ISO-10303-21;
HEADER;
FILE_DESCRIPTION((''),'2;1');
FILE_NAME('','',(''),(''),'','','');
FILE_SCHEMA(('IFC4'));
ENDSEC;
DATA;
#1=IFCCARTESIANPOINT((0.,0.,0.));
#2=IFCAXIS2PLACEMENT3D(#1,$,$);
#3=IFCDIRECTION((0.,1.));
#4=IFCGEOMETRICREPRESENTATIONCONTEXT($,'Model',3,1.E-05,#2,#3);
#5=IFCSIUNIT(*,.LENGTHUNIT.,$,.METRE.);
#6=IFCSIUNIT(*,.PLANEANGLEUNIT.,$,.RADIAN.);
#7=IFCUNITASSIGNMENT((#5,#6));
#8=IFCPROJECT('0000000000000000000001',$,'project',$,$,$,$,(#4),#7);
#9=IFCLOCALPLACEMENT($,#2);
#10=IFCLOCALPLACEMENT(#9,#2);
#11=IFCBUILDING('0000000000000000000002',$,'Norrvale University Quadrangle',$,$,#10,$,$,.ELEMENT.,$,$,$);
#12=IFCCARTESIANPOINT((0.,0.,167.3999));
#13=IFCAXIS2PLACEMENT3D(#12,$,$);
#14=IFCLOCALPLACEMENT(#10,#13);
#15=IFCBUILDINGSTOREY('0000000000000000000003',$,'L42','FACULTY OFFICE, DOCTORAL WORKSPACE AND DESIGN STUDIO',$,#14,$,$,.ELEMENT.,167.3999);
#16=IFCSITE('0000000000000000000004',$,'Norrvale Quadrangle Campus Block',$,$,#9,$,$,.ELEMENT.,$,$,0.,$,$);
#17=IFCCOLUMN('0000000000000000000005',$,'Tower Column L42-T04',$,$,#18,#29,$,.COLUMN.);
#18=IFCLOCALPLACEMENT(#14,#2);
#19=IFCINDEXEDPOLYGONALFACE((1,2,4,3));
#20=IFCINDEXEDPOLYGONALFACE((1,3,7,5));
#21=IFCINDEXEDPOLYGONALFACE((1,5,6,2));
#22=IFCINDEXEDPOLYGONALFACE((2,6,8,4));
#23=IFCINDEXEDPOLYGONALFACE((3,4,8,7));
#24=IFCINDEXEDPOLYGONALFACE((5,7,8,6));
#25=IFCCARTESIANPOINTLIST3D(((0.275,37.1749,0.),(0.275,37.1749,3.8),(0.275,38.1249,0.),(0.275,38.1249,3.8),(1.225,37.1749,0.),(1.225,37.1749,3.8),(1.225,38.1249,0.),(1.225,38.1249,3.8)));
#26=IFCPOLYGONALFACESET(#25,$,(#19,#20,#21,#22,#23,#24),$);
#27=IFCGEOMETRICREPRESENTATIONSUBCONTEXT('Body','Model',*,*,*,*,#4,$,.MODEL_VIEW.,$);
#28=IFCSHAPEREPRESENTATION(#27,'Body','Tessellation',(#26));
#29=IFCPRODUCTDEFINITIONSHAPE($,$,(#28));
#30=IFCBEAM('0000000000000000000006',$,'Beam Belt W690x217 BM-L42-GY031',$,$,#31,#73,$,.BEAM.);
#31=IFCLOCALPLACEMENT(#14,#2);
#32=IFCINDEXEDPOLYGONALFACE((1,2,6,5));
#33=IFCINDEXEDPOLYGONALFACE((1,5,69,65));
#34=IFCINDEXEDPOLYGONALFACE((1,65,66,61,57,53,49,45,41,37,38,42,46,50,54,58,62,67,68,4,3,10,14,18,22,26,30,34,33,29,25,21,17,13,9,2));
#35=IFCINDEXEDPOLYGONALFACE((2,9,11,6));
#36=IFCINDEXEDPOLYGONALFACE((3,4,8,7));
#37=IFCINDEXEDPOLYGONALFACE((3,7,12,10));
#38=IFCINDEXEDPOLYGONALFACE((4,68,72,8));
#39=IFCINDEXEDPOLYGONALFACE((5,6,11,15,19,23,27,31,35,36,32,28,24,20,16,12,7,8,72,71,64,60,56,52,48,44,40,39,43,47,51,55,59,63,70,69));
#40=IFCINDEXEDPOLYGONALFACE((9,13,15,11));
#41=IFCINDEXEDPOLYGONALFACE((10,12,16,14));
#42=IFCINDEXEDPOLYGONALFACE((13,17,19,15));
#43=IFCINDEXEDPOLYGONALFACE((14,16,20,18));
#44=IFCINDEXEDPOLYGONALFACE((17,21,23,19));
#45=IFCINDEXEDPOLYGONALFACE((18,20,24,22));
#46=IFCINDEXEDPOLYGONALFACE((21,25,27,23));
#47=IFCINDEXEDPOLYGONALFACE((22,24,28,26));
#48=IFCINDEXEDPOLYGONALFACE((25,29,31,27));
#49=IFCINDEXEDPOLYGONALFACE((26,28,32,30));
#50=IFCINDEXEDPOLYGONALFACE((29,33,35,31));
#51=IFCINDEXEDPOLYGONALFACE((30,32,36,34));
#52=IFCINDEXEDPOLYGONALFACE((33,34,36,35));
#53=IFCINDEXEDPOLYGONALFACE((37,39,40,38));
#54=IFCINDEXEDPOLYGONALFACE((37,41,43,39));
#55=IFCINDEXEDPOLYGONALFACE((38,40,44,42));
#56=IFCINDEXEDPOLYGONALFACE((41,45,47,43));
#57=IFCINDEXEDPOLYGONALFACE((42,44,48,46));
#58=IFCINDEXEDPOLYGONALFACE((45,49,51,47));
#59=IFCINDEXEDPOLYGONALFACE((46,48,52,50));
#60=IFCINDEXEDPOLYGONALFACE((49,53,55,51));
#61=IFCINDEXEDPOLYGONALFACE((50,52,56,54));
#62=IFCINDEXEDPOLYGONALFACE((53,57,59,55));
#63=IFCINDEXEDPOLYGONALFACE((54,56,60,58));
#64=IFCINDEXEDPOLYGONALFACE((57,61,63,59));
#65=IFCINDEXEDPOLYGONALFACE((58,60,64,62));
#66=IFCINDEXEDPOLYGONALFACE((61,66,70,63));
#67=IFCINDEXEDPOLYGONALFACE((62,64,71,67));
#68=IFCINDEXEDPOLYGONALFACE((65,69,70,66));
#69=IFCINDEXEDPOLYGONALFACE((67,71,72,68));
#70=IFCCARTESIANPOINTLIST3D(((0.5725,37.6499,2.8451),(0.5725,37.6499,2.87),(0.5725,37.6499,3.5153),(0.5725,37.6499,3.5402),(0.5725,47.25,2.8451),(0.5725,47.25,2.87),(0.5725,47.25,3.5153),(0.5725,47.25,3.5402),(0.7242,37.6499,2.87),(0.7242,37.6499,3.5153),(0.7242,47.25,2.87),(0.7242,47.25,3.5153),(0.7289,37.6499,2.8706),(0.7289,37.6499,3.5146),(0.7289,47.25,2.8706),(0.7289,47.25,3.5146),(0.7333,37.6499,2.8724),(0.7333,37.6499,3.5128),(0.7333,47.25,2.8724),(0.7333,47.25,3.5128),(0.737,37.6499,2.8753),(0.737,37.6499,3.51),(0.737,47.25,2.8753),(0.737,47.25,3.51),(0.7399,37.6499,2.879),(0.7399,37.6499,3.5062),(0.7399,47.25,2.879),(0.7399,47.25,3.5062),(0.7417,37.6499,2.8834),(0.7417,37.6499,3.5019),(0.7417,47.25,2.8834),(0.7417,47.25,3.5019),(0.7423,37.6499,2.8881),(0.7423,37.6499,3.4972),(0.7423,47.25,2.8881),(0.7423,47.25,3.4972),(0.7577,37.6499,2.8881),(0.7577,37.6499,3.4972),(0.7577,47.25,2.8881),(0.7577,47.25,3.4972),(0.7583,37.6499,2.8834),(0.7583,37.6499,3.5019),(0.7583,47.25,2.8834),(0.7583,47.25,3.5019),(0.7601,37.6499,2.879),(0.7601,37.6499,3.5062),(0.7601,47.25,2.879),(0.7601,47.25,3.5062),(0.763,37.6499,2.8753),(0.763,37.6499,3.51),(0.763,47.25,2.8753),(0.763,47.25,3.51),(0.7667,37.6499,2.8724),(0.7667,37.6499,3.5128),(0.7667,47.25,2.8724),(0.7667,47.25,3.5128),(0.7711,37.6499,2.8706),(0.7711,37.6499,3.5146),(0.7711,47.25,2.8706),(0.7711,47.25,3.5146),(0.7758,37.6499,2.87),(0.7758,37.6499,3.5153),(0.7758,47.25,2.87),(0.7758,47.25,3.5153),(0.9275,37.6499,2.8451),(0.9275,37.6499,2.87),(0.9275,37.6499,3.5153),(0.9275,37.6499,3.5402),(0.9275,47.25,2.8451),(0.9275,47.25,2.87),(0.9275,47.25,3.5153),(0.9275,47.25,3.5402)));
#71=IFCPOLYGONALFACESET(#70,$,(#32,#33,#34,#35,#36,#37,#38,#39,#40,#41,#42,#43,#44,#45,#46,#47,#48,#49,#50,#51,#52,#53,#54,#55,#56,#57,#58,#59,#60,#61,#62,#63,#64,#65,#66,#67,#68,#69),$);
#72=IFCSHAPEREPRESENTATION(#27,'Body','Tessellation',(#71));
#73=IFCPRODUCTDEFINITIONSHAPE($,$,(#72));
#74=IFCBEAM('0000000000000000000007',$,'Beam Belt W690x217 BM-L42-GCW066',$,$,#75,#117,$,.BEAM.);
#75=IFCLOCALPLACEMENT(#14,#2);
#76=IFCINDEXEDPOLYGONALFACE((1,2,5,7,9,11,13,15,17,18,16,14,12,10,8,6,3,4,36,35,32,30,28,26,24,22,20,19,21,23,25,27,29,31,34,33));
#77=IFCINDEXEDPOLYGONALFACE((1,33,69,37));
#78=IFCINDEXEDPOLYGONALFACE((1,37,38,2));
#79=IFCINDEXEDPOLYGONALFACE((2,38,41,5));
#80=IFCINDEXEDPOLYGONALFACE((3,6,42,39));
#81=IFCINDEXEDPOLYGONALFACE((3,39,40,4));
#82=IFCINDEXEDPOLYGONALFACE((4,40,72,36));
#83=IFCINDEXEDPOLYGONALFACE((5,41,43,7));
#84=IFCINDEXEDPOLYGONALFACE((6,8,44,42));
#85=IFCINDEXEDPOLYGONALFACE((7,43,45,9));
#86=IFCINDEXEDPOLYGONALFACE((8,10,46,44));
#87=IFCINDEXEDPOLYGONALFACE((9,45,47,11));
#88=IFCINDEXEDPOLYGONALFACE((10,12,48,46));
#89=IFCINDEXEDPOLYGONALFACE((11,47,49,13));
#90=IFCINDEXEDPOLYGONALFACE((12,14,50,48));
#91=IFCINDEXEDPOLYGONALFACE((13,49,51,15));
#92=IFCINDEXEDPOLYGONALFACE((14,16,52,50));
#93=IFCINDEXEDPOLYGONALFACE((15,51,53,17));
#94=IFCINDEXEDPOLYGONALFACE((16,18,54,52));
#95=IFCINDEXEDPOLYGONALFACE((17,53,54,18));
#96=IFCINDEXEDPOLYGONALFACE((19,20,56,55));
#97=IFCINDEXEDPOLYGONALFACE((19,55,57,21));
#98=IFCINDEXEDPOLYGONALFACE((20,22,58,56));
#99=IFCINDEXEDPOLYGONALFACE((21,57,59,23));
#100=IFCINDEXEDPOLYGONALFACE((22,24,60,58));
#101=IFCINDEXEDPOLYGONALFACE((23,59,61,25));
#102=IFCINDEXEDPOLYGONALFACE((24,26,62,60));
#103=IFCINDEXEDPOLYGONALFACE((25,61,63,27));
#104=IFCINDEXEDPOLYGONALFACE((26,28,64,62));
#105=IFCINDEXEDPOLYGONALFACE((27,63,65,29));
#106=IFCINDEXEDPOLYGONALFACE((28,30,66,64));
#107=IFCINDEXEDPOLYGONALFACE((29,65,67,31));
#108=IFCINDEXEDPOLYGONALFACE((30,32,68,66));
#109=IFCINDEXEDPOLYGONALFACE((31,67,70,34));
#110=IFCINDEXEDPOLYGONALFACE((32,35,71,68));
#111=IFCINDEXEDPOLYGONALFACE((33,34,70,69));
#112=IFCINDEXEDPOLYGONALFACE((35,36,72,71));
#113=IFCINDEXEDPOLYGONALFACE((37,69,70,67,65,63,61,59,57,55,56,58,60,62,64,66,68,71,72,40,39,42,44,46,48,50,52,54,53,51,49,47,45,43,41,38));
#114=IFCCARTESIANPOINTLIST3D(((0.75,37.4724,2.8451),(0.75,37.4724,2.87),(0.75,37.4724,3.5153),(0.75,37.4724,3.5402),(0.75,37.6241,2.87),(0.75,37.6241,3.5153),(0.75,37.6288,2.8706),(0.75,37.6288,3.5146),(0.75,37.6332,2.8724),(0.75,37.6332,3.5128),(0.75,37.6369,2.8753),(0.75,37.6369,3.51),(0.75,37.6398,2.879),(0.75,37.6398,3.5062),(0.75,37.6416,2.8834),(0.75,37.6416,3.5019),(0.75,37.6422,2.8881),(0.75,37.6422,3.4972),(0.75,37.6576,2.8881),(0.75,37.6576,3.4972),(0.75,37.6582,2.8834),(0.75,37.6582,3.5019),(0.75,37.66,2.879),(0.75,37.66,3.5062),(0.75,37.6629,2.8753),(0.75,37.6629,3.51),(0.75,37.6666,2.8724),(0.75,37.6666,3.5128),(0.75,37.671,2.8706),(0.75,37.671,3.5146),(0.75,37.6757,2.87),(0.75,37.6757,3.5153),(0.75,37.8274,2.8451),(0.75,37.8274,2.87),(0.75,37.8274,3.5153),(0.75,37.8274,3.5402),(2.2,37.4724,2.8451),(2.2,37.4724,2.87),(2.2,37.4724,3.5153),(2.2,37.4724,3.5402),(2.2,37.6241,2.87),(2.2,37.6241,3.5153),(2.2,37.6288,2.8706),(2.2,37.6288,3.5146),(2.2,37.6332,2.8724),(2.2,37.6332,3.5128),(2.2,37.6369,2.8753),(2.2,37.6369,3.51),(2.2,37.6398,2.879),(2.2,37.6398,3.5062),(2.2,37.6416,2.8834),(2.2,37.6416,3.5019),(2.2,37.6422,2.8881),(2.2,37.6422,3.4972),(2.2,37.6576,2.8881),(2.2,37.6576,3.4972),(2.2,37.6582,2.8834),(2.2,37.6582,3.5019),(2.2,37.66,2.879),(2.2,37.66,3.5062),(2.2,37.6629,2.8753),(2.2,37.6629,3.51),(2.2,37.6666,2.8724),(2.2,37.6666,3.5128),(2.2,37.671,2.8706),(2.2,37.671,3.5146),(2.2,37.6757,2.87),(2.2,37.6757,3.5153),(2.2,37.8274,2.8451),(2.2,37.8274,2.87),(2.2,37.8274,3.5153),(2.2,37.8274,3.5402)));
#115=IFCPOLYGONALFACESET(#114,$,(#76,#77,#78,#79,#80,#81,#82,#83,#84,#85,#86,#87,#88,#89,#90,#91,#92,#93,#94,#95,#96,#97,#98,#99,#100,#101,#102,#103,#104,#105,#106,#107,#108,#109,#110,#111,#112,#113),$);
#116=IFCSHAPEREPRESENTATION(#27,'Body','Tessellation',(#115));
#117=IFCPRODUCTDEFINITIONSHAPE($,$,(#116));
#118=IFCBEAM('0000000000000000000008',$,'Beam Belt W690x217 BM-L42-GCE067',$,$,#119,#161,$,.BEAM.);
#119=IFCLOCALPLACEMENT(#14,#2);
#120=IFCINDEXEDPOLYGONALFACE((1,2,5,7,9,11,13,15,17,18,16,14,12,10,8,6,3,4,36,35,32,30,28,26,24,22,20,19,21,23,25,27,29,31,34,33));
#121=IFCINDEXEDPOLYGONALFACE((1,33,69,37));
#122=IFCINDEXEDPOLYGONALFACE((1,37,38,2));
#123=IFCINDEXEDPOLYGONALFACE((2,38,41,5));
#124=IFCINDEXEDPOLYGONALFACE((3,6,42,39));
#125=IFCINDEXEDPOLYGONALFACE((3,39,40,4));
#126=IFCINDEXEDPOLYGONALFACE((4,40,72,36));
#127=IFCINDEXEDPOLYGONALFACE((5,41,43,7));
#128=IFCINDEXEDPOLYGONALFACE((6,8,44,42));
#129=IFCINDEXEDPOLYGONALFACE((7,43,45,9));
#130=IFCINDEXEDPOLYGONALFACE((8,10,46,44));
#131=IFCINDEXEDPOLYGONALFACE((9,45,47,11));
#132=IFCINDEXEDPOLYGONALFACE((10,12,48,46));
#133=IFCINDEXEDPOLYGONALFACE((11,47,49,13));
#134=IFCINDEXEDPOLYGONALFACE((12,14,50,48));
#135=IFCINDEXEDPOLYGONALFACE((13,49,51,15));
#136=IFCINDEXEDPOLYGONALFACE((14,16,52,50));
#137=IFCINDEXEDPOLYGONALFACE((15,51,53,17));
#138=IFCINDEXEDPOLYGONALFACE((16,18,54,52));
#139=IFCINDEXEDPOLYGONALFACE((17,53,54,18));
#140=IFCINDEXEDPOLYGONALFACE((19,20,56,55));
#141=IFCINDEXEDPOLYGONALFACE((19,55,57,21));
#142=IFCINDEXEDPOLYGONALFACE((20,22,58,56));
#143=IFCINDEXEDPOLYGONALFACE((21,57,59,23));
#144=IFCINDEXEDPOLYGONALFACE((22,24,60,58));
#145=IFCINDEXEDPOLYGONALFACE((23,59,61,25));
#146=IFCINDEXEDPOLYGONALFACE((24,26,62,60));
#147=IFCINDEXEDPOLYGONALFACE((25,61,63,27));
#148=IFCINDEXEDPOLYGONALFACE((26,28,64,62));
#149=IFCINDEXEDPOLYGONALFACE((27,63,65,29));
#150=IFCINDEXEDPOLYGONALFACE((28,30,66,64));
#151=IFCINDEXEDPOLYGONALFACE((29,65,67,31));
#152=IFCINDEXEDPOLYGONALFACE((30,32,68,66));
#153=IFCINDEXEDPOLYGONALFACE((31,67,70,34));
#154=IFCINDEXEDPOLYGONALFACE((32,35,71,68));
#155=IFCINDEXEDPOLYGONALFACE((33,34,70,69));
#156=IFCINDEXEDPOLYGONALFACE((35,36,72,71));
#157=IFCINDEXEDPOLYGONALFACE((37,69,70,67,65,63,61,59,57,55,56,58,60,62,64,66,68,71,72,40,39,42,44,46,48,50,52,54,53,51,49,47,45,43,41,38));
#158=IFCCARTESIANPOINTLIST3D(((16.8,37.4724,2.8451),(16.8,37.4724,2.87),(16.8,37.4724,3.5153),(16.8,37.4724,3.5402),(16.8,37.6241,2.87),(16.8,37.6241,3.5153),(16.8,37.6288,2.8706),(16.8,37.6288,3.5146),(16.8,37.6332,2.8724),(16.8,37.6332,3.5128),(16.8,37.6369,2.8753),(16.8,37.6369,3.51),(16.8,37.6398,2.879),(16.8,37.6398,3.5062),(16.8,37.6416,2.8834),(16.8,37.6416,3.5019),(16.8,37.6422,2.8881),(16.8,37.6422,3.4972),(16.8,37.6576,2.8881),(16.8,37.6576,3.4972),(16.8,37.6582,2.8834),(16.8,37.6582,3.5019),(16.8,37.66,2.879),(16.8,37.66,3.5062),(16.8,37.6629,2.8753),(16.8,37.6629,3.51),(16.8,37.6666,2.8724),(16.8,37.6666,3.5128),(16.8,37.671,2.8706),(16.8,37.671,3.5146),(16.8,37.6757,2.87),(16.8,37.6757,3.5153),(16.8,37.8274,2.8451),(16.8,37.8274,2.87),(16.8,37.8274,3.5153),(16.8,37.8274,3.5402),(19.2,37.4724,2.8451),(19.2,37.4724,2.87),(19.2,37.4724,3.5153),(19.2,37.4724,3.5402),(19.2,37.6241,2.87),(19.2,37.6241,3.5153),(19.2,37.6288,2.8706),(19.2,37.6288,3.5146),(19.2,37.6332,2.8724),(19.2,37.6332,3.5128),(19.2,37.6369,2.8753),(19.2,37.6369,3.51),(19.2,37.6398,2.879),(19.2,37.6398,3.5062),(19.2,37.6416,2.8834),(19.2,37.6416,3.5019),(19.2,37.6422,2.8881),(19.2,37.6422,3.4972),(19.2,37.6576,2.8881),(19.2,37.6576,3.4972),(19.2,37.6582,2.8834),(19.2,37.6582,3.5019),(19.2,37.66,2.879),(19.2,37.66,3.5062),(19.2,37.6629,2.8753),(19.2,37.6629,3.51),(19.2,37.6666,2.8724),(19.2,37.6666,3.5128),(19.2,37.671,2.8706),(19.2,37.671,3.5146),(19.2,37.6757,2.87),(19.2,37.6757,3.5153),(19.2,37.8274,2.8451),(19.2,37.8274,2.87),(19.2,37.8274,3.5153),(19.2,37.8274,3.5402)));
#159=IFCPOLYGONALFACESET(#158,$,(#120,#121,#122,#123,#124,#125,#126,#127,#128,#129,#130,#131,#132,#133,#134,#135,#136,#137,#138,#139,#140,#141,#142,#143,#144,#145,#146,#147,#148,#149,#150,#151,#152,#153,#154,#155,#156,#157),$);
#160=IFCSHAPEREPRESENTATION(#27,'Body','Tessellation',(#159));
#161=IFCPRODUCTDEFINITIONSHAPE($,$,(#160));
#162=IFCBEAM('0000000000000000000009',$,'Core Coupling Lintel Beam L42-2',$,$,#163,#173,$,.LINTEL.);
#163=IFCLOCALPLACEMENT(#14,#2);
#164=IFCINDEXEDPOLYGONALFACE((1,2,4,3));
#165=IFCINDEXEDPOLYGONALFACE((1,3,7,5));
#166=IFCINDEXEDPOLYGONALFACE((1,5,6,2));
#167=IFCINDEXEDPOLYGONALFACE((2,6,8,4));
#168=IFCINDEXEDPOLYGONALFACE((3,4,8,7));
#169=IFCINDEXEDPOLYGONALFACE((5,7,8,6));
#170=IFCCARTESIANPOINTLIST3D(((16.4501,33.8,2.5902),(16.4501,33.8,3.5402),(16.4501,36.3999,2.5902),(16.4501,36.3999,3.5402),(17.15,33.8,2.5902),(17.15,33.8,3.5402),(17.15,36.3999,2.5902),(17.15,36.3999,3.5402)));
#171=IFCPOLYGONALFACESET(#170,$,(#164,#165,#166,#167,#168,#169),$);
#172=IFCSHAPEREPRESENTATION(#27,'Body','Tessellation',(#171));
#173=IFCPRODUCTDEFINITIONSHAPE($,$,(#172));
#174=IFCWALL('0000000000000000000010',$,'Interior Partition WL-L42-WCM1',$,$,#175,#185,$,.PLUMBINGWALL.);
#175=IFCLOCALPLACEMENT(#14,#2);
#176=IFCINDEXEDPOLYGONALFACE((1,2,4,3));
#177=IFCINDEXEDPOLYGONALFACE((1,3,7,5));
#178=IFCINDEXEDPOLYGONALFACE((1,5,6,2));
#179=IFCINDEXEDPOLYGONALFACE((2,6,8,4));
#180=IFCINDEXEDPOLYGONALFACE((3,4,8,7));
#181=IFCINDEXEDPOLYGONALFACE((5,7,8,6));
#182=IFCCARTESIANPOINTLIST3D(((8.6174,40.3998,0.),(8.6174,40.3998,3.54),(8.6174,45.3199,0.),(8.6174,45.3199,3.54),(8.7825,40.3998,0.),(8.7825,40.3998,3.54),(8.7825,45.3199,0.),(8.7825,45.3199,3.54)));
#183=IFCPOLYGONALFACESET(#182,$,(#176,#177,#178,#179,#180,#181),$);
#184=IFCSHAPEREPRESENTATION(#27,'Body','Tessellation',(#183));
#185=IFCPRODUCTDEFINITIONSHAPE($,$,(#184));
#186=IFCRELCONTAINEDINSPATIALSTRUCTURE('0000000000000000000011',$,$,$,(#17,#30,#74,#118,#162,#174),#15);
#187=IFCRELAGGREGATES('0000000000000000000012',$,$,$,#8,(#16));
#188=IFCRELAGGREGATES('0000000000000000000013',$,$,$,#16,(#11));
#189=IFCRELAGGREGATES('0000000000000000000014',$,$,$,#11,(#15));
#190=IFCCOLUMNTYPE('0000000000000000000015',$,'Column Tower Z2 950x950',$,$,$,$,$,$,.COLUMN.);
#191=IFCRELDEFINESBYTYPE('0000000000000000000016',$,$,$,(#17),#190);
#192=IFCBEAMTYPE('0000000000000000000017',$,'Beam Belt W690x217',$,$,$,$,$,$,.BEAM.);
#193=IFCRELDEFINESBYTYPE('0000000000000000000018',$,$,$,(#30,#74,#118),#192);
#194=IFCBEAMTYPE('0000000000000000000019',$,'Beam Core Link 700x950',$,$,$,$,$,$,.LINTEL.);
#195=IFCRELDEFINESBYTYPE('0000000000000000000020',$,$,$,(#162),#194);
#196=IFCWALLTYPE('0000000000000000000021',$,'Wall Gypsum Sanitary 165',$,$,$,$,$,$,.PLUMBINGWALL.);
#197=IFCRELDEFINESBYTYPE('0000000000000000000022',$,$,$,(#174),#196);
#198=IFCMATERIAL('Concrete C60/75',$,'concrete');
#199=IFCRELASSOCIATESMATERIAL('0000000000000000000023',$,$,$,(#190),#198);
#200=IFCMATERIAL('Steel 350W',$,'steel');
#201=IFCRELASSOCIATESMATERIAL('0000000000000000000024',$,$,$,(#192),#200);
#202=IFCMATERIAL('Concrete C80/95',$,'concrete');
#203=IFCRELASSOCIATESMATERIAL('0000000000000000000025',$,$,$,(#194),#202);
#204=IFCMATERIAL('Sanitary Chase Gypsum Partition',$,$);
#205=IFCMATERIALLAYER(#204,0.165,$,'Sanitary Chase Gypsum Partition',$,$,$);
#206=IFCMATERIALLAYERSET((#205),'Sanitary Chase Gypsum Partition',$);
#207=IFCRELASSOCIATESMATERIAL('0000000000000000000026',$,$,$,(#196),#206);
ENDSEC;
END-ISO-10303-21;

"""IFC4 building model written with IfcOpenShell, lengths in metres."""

from ifc_helpers import new_model, si_unit, direction, frame, frame_2d, origin, origin_2d, place, context, subcontext, project, spatial, rectangle, i_section, extrude, material, layer, layer_set, material_profile, profile_set, type_object, element, save


model = new_model("IFC4")

# Units and contexts
model_context = context("Model", 3, precision=1e-05, world=origin(), true_north=direction((0.0, 1.0)))
body_context = subcontext(model_context, "Body", "Model", "MODEL_VIEW")
ifc_project = project(units=[si_unit("LENGTHUNIT", "METRE"), si_unit("PLANEANGLEUNIT", "RADIAN")], contexts=[model_context])

# Site, building, storey
site_placement = place(None, origin())
site = spatial("IfcSite", under=ifc_project, at=site_placement, Name="Norrvale Quadrangle Campus Block", CompositionType="ELEMENT", RefElevation=0.0)
building_placement = place(site_placement, origin())
building = spatial("IfcBuilding", under=site, at=building_placement, Name="Norrvale University Quadrangle", CompositionType="ELEMENT")
storey_placement = place(building_placement, frame((0.0, 0.0, 167.3999)))
storey = spatial("IfcBuildingStorey", under=building, at=storey_placement, Name="L42", Description="FACULTY OFFICE, DOCTORAL WORKSPACE AND DESIGN STUDIO", CompositionType="ELEMENT", Elevation=167.3999)

# Column
ifc_material_1 = material(Name="Concrete C60/75", Category="concrete")
ifc_material_profile_1 = material_profile(ifc_material_1, rectangle(XDim=0.95, YDim=0.95, at=origin_2d()), Name="Concrete C60/75")
ifc_profile_set_1 = profile_set([ifc_material_profile_1], Name="Concrete C60/75")
column_type = type_object("IfcColumnType", Name="Column Tower Z2 950x950", PredefinedType="COLUMN", material=ifc_profile_set_1)
column_placement = place(storey_placement, frame((0.75, 37.6499, 0.0), z_axis=(0.0, 0.0, 1.0), x_axis=(1.0, 0.0, 0.0)))
element("IfcColumn", 1, at=column_placement, inside=storey, type_object=column_type, Name="Tower Column L42-T04", PredefinedType="COLUMN", context=body_context, shape_type="SweptSolid", body=[
    extrude(rectangle(XDim=0.95, YDim=0.95, at=origin_2d()), origin(), (0.0, 0.0, 1.0), 3.8),
])

# Beams
ifc_material_2 = material(Name="Steel 350W", Category="steel")
ifc_material_profile_2 = material_profile(ifc_material_2, i_section(OverallWidth=0.355, OverallDepth=0.6951, WebThickness=0.0154, FlangeThickness=0.0249, FilletRadius=0.0181, at=origin_2d()), Name="Steel 350W")
ifc_profile_set_2 = profile_set([ifc_material_profile_2], Name="Steel 350W")
beam_type_1 = type_object("IfcBeamType", Name="Beam Belt W690x217", PredefinedType="BEAM", material=ifc_profile_set_2)
beam_1_placement = place(storey_placement, frame((0.75, 37.6499, 3.1926), z_axis=(0.0, 1.0, 0.0), x_axis=(-1.0, 0.0, 0.0)))
element("IfcBeam", 2, at=beam_1_placement, inside=storey, type_object=beam_type_1, Name="Beam Belt W690x217 BM-L42-GY031", PredefinedType="BEAM", context=body_context, shape_type="SweptSolid", body=[
    extrude(i_section(OverallWidth=0.355, OverallDepth=0.6951, WebThickness=0.0154, FlangeThickness=0.0249, FilletRadius=0.0181, at=origin_2d()), origin(), (0.0, 0.0, 1.0), 9.6001),
])
beam_2_placement = place(storey_placement, frame((0.75, 37.6499, 3.1926), z_axis=(1.0, 0.0, 0.0), x_axis=(0.0, 1.0, 0.0)))
element("IfcBeam", 3, at=beam_2_placement, inside=storey, type_object=beam_type_1, Name="Beam Belt W690x217 BM-L42-GCW066", PredefinedType="BEAM", context=body_context, shape_type="SweptSolid", body=[
    extrude(i_section(OverallWidth=0.355, OverallDepth=0.6951, WebThickness=0.0154, FlangeThickness=0.0249, FilletRadius=0.0181, at=origin_2d()), origin(), (0.0, 0.0, 1.0), 1.45),
])
beam_3_placement = place(storey_placement, frame((16.8, 37.6499, 3.1926), z_axis=(1.0, 0.0, 0.0), x_axis=(0.0, 1.0, 0.0)))
element("IfcBeam", 4, at=beam_3_placement, inside=storey, type_object=beam_type_1, Name="Beam Belt W690x217 BM-L42-GCE067", PredefinedType="BEAM", context=body_context, shape_type="SweptSolid", body=[
    extrude(i_section(OverallWidth=0.355, OverallDepth=0.6951, WebThickness=0.0154, FlangeThickness=0.0249, FilletRadius=0.0181, at=origin_2d()), origin(), (0.0, 0.0, 1.0), 2.3999),
])
ifc_material_3 = material(Name="Concrete C80/95", Category="concrete")
ifc_material_profile_3 = material_profile(ifc_material_3, rectangle(XDim=0.7, YDim=0.95, at=origin_2d()), Name="Concrete C80/95")
ifc_profile_set_3 = profile_set([ifc_material_profile_3], Name="Concrete C80/95")
beam_type_2 = type_object("IfcBeamType", Name="Beam Core Link 700x950", PredefinedType="LINTEL", material=ifc_profile_set_3)
beam_4_placement = place(storey_placement, frame((16.8, 33.8, 3.0652), z_axis=(0.0, 1.0, 0.0), x_axis=(-1.0, 0.0, 0.0)))
element("IfcBeam", 5, at=beam_4_placement, inside=storey, type_object=beam_type_2, Name="Core Coupling Lintel Beam L42-2", PredefinedType="LINTEL", context=body_context, shape_type="SweptSolid", body=[
    extrude(rectangle(XDim=0.7, YDim=0.95, at=origin_2d()), origin(), (0.0, 0.0, 1.0), 2.5999),
])

# Wall
ifc_material_4 = material(Name="Sanitary Chase Gypsum Partition")
ifc_layer_1 = layer(ifc_material_4, 0.165, Name="Sanitary Chase Gypsum Partition")
ifc_layer_set_1 = layer_set([ifc_layer_1], Name="Sanitary Chase Gypsum Partition")
wall_type_1 = type_object("IfcWallType", Name="Wall Gypsum Sanitary 165", PredefinedType="PLUMBINGWALL", material=ifc_layer_set_1)
wall_1_placement = place(storey_placement, frame((8.7, 40.3999, 0.0), z_axis=(0.0, 0.0, 1.0), x_axis=(0.0, 1.0, 0.0)))
element("IfcWall", 6, at=wall_1_placement, inside=storey, type_object=wall_type_1, Name="Interior Partition WL-L42-WCM1", PredefinedType="PLUMBINGWALL", context=body_context, shape_type="SweptSolid", body=[
    extrude(rectangle(XDim=4.9202, YDim=0.165, at=frame_2d((2.46, 0.0))), origin(), (0.0, 0.0, 1.0), 3.54),
])

save(model, "model.ifc")
